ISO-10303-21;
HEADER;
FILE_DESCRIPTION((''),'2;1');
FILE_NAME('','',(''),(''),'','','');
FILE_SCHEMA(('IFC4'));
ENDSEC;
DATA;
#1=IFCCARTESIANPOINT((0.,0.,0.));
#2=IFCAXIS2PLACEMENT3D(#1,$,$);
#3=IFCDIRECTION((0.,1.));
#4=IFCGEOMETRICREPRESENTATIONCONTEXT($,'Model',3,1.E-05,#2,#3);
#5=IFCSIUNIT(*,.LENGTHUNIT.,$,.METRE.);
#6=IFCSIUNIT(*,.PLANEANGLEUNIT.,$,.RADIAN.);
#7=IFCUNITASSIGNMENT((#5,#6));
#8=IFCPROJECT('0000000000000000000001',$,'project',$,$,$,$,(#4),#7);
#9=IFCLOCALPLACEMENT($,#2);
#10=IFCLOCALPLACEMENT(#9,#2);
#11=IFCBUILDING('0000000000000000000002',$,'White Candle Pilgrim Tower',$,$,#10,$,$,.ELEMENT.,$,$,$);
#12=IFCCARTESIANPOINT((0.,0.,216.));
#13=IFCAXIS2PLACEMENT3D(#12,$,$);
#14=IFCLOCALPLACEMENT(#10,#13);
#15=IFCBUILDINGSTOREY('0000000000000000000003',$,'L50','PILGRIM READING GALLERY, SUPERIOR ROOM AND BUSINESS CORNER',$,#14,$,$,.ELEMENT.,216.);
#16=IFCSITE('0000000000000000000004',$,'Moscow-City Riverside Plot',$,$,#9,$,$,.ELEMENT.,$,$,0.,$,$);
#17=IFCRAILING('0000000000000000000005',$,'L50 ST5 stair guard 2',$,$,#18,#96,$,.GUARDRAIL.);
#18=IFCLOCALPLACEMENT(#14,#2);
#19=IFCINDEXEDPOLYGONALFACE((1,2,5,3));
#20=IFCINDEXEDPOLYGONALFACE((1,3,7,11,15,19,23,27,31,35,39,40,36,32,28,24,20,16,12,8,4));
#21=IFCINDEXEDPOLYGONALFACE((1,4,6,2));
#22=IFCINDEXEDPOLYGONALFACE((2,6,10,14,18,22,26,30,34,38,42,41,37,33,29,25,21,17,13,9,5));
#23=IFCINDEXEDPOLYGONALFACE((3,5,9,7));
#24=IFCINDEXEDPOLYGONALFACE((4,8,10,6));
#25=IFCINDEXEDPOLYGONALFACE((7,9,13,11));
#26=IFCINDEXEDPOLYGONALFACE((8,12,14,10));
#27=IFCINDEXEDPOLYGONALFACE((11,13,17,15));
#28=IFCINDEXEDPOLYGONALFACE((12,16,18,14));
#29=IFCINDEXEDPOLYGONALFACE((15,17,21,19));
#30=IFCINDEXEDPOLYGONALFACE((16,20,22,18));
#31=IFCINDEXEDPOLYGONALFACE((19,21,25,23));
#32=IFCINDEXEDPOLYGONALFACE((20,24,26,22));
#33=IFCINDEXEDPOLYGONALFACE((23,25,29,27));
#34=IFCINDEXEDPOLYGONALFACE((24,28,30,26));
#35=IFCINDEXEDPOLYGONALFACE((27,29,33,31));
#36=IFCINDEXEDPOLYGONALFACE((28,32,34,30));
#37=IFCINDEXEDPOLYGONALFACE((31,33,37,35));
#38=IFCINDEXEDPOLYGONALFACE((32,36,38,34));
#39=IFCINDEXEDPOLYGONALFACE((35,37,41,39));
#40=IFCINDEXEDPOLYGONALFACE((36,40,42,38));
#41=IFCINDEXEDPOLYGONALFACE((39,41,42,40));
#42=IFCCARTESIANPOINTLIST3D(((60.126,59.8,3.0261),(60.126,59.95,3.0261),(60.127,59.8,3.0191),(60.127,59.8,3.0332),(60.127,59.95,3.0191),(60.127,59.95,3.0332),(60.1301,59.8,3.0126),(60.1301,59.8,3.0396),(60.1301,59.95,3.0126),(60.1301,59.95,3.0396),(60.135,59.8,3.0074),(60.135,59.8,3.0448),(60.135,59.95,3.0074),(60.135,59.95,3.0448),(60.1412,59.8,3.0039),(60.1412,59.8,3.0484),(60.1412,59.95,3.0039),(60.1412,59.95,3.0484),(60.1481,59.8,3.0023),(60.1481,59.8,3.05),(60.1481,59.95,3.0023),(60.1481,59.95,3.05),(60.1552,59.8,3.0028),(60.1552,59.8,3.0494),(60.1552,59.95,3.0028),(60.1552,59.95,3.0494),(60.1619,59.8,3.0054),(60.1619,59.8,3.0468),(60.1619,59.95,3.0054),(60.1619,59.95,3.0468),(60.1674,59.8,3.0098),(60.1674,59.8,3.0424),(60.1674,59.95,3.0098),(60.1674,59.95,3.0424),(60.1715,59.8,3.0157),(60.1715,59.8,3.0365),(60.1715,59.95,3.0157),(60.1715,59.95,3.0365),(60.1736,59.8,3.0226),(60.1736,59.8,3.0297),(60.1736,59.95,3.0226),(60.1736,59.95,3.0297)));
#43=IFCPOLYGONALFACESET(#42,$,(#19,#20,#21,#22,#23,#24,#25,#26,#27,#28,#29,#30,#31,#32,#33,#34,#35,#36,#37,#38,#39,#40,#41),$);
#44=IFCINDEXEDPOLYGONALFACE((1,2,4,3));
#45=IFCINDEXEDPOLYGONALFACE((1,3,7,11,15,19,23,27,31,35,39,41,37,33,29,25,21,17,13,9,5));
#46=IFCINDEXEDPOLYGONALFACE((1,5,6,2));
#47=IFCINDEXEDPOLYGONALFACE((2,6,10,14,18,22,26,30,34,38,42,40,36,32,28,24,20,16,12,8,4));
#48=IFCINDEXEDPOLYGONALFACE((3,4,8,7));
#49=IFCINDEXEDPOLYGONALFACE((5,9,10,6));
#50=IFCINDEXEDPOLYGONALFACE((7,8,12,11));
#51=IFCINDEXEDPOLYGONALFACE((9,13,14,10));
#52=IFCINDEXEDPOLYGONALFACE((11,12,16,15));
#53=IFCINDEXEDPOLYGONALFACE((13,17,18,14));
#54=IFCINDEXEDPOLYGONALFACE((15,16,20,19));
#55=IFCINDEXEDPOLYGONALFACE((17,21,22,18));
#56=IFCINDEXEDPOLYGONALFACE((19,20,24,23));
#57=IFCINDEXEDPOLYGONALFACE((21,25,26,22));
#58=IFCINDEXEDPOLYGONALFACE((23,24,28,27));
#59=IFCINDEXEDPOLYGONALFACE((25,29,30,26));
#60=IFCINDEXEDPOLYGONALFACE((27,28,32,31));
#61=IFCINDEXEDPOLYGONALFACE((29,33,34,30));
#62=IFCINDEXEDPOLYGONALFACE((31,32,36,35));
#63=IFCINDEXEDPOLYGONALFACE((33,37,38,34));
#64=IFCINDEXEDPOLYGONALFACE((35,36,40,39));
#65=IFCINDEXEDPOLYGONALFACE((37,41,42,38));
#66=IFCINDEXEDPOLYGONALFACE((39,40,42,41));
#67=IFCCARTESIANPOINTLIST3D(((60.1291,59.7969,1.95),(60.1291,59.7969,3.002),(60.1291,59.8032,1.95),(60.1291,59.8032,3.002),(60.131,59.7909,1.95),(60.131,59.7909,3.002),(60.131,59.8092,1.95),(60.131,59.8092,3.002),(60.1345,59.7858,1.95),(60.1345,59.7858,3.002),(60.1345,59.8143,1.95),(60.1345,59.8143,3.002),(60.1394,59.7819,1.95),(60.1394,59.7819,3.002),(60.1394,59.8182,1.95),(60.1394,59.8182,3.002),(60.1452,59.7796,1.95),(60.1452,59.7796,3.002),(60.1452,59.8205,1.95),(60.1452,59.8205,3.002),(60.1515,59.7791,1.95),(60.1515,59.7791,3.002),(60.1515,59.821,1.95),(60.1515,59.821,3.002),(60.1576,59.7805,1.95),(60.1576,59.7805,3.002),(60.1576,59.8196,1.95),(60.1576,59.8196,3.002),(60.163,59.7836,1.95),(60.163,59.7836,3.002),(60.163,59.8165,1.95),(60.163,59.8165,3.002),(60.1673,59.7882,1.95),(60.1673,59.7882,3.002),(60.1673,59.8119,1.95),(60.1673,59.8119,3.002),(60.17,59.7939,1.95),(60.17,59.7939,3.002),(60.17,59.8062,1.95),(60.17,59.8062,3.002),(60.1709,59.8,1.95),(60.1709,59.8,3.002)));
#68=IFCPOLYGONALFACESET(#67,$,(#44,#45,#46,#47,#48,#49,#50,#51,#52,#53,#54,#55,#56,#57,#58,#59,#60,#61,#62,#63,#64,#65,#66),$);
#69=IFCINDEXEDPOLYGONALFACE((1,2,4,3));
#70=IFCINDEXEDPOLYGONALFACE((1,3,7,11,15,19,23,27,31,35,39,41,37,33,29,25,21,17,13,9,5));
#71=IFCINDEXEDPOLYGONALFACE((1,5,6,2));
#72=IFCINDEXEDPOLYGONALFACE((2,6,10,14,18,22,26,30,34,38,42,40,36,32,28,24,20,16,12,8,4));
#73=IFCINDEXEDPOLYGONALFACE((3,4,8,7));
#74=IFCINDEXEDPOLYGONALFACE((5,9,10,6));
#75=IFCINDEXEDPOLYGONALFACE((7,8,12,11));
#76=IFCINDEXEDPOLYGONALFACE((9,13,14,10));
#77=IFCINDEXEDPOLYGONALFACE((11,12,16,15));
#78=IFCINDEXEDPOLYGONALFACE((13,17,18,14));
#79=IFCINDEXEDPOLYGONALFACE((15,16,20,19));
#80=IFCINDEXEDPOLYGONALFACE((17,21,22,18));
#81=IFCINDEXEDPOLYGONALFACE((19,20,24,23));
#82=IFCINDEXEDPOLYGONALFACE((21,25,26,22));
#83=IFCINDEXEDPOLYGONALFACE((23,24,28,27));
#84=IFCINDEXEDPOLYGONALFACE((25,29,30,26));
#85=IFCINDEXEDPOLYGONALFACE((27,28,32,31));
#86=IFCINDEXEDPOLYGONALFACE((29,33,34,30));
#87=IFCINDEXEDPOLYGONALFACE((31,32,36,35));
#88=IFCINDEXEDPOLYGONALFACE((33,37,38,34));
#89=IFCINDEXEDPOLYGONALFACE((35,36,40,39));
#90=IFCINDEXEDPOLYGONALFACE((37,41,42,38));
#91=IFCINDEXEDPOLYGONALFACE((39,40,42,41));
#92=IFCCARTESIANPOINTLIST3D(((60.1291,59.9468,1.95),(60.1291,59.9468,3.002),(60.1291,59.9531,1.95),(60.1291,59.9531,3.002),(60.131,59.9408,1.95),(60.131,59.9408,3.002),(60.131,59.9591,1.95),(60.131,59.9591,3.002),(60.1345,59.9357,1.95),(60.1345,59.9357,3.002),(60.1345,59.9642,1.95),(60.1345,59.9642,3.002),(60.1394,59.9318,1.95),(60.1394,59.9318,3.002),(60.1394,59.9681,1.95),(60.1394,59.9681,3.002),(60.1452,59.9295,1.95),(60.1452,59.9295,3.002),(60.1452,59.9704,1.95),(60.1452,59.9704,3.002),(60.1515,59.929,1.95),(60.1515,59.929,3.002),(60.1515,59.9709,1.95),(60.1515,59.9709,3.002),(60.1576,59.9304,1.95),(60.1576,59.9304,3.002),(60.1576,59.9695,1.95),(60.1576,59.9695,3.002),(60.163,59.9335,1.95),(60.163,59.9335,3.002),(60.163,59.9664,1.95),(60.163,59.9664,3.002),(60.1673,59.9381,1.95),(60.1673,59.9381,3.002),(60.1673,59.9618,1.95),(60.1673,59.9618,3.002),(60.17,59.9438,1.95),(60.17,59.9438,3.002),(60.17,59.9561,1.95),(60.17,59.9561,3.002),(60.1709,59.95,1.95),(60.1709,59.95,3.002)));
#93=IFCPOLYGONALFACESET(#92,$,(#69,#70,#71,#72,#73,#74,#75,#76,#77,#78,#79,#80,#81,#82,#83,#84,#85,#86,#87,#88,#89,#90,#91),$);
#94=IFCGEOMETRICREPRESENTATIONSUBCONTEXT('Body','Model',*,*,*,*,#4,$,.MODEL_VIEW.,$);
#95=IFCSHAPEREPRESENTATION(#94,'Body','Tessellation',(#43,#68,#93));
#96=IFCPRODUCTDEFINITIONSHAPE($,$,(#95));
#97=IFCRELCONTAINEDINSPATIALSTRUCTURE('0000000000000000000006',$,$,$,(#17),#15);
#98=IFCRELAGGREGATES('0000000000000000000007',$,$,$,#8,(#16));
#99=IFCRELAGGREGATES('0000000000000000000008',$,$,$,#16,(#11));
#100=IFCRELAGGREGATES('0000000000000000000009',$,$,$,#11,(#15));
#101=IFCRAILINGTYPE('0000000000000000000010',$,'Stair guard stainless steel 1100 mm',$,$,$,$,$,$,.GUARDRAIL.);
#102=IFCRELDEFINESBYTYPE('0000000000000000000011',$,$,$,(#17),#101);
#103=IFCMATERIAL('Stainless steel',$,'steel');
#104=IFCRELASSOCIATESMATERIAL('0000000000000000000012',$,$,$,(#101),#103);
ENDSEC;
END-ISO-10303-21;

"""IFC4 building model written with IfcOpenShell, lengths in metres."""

from ifc_helpers import new_model, si_unit, direction, frame, origin, origin_2d, place, context, subcontext, project, spatial, circle, extrude, material, type_object, element, save


model = new_model("IFC4")

# Units and contexts
model_context = context("Model", 3, precision=1e-05, world=origin(), true_north=direction((0.0, 1.0)))
body_context = subcontext(model_context, "Body", "Model", "MODEL_VIEW")
ifc_project = project(units=[si_unit("LENGTHUNIT", "METRE"), si_unit("PLANEANGLEUNIT", "RADIAN")], contexts=[model_context])

# Site, building, storey
site_placement = place(None, origin())
site = spatial("IfcSite", under=ifc_project, at=site_placement, Name="Moscow-City Riverside Plot", CompositionType="ELEMENT", RefElevation=0.0)
building_placement = place(site_placement, origin())
building = spatial("IfcBuilding", under=site, at=building_placement, Name="White Candle Pilgrim Tower", CompositionType="ELEMENT")
storey_placement = place(building_placement, frame((0.0, 0.0, 216.0)))
storey = spatial("IfcBuildingStorey", under=building, at=storey_placement, Name="L50", Description="PILGRIM READING GALLERY, SUPERIOR ROOM AND BUSINESS CORNER", CompositionType="ELEMENT", Elevation=216.0)

# Railing
ifc_material_1 = material(Name="Stainless steel", Category="steel")
railing_type_1 = type_object("IfcRailingType", Name="Stair guard stainless steel 1100 mm", PredefinedType="GUARDRAIL", material=ifc_material_1)
railing_1_placement = place(storey_placement, frame((60.1499, 59.8, 1.95)))
element("IfcRailing", 1, at=railing_1_placement, inside=storey, type_object=railing_type_1, Name="L50 ST5 stair guard 2", PredefinedType="GUARDRAIL", context=body_context, shape_type="SweptSolid", body=[
    extrude(circle(Radius=0.0239, at=origin_2d()), frame((0.0, 0.0, 1.0762), z_axis=(0.0, 1.0, 0.0), x_axis=(-1.0, 0.0, 0.0)), (0.0, 0.0, 1.0), 0.1499),
    extrude(circle(Radius=0.021, at=origin_2d()), origin(), (0.0, 0.0, 1.0), 1.052),
    extrude(circle(Radius=0.021, at=origin_2d()), frame((0.0, 0.1499, 0.0)), (0.0, 0.0, 1.0), 1.052),
])

save(model, "model.ifc")
